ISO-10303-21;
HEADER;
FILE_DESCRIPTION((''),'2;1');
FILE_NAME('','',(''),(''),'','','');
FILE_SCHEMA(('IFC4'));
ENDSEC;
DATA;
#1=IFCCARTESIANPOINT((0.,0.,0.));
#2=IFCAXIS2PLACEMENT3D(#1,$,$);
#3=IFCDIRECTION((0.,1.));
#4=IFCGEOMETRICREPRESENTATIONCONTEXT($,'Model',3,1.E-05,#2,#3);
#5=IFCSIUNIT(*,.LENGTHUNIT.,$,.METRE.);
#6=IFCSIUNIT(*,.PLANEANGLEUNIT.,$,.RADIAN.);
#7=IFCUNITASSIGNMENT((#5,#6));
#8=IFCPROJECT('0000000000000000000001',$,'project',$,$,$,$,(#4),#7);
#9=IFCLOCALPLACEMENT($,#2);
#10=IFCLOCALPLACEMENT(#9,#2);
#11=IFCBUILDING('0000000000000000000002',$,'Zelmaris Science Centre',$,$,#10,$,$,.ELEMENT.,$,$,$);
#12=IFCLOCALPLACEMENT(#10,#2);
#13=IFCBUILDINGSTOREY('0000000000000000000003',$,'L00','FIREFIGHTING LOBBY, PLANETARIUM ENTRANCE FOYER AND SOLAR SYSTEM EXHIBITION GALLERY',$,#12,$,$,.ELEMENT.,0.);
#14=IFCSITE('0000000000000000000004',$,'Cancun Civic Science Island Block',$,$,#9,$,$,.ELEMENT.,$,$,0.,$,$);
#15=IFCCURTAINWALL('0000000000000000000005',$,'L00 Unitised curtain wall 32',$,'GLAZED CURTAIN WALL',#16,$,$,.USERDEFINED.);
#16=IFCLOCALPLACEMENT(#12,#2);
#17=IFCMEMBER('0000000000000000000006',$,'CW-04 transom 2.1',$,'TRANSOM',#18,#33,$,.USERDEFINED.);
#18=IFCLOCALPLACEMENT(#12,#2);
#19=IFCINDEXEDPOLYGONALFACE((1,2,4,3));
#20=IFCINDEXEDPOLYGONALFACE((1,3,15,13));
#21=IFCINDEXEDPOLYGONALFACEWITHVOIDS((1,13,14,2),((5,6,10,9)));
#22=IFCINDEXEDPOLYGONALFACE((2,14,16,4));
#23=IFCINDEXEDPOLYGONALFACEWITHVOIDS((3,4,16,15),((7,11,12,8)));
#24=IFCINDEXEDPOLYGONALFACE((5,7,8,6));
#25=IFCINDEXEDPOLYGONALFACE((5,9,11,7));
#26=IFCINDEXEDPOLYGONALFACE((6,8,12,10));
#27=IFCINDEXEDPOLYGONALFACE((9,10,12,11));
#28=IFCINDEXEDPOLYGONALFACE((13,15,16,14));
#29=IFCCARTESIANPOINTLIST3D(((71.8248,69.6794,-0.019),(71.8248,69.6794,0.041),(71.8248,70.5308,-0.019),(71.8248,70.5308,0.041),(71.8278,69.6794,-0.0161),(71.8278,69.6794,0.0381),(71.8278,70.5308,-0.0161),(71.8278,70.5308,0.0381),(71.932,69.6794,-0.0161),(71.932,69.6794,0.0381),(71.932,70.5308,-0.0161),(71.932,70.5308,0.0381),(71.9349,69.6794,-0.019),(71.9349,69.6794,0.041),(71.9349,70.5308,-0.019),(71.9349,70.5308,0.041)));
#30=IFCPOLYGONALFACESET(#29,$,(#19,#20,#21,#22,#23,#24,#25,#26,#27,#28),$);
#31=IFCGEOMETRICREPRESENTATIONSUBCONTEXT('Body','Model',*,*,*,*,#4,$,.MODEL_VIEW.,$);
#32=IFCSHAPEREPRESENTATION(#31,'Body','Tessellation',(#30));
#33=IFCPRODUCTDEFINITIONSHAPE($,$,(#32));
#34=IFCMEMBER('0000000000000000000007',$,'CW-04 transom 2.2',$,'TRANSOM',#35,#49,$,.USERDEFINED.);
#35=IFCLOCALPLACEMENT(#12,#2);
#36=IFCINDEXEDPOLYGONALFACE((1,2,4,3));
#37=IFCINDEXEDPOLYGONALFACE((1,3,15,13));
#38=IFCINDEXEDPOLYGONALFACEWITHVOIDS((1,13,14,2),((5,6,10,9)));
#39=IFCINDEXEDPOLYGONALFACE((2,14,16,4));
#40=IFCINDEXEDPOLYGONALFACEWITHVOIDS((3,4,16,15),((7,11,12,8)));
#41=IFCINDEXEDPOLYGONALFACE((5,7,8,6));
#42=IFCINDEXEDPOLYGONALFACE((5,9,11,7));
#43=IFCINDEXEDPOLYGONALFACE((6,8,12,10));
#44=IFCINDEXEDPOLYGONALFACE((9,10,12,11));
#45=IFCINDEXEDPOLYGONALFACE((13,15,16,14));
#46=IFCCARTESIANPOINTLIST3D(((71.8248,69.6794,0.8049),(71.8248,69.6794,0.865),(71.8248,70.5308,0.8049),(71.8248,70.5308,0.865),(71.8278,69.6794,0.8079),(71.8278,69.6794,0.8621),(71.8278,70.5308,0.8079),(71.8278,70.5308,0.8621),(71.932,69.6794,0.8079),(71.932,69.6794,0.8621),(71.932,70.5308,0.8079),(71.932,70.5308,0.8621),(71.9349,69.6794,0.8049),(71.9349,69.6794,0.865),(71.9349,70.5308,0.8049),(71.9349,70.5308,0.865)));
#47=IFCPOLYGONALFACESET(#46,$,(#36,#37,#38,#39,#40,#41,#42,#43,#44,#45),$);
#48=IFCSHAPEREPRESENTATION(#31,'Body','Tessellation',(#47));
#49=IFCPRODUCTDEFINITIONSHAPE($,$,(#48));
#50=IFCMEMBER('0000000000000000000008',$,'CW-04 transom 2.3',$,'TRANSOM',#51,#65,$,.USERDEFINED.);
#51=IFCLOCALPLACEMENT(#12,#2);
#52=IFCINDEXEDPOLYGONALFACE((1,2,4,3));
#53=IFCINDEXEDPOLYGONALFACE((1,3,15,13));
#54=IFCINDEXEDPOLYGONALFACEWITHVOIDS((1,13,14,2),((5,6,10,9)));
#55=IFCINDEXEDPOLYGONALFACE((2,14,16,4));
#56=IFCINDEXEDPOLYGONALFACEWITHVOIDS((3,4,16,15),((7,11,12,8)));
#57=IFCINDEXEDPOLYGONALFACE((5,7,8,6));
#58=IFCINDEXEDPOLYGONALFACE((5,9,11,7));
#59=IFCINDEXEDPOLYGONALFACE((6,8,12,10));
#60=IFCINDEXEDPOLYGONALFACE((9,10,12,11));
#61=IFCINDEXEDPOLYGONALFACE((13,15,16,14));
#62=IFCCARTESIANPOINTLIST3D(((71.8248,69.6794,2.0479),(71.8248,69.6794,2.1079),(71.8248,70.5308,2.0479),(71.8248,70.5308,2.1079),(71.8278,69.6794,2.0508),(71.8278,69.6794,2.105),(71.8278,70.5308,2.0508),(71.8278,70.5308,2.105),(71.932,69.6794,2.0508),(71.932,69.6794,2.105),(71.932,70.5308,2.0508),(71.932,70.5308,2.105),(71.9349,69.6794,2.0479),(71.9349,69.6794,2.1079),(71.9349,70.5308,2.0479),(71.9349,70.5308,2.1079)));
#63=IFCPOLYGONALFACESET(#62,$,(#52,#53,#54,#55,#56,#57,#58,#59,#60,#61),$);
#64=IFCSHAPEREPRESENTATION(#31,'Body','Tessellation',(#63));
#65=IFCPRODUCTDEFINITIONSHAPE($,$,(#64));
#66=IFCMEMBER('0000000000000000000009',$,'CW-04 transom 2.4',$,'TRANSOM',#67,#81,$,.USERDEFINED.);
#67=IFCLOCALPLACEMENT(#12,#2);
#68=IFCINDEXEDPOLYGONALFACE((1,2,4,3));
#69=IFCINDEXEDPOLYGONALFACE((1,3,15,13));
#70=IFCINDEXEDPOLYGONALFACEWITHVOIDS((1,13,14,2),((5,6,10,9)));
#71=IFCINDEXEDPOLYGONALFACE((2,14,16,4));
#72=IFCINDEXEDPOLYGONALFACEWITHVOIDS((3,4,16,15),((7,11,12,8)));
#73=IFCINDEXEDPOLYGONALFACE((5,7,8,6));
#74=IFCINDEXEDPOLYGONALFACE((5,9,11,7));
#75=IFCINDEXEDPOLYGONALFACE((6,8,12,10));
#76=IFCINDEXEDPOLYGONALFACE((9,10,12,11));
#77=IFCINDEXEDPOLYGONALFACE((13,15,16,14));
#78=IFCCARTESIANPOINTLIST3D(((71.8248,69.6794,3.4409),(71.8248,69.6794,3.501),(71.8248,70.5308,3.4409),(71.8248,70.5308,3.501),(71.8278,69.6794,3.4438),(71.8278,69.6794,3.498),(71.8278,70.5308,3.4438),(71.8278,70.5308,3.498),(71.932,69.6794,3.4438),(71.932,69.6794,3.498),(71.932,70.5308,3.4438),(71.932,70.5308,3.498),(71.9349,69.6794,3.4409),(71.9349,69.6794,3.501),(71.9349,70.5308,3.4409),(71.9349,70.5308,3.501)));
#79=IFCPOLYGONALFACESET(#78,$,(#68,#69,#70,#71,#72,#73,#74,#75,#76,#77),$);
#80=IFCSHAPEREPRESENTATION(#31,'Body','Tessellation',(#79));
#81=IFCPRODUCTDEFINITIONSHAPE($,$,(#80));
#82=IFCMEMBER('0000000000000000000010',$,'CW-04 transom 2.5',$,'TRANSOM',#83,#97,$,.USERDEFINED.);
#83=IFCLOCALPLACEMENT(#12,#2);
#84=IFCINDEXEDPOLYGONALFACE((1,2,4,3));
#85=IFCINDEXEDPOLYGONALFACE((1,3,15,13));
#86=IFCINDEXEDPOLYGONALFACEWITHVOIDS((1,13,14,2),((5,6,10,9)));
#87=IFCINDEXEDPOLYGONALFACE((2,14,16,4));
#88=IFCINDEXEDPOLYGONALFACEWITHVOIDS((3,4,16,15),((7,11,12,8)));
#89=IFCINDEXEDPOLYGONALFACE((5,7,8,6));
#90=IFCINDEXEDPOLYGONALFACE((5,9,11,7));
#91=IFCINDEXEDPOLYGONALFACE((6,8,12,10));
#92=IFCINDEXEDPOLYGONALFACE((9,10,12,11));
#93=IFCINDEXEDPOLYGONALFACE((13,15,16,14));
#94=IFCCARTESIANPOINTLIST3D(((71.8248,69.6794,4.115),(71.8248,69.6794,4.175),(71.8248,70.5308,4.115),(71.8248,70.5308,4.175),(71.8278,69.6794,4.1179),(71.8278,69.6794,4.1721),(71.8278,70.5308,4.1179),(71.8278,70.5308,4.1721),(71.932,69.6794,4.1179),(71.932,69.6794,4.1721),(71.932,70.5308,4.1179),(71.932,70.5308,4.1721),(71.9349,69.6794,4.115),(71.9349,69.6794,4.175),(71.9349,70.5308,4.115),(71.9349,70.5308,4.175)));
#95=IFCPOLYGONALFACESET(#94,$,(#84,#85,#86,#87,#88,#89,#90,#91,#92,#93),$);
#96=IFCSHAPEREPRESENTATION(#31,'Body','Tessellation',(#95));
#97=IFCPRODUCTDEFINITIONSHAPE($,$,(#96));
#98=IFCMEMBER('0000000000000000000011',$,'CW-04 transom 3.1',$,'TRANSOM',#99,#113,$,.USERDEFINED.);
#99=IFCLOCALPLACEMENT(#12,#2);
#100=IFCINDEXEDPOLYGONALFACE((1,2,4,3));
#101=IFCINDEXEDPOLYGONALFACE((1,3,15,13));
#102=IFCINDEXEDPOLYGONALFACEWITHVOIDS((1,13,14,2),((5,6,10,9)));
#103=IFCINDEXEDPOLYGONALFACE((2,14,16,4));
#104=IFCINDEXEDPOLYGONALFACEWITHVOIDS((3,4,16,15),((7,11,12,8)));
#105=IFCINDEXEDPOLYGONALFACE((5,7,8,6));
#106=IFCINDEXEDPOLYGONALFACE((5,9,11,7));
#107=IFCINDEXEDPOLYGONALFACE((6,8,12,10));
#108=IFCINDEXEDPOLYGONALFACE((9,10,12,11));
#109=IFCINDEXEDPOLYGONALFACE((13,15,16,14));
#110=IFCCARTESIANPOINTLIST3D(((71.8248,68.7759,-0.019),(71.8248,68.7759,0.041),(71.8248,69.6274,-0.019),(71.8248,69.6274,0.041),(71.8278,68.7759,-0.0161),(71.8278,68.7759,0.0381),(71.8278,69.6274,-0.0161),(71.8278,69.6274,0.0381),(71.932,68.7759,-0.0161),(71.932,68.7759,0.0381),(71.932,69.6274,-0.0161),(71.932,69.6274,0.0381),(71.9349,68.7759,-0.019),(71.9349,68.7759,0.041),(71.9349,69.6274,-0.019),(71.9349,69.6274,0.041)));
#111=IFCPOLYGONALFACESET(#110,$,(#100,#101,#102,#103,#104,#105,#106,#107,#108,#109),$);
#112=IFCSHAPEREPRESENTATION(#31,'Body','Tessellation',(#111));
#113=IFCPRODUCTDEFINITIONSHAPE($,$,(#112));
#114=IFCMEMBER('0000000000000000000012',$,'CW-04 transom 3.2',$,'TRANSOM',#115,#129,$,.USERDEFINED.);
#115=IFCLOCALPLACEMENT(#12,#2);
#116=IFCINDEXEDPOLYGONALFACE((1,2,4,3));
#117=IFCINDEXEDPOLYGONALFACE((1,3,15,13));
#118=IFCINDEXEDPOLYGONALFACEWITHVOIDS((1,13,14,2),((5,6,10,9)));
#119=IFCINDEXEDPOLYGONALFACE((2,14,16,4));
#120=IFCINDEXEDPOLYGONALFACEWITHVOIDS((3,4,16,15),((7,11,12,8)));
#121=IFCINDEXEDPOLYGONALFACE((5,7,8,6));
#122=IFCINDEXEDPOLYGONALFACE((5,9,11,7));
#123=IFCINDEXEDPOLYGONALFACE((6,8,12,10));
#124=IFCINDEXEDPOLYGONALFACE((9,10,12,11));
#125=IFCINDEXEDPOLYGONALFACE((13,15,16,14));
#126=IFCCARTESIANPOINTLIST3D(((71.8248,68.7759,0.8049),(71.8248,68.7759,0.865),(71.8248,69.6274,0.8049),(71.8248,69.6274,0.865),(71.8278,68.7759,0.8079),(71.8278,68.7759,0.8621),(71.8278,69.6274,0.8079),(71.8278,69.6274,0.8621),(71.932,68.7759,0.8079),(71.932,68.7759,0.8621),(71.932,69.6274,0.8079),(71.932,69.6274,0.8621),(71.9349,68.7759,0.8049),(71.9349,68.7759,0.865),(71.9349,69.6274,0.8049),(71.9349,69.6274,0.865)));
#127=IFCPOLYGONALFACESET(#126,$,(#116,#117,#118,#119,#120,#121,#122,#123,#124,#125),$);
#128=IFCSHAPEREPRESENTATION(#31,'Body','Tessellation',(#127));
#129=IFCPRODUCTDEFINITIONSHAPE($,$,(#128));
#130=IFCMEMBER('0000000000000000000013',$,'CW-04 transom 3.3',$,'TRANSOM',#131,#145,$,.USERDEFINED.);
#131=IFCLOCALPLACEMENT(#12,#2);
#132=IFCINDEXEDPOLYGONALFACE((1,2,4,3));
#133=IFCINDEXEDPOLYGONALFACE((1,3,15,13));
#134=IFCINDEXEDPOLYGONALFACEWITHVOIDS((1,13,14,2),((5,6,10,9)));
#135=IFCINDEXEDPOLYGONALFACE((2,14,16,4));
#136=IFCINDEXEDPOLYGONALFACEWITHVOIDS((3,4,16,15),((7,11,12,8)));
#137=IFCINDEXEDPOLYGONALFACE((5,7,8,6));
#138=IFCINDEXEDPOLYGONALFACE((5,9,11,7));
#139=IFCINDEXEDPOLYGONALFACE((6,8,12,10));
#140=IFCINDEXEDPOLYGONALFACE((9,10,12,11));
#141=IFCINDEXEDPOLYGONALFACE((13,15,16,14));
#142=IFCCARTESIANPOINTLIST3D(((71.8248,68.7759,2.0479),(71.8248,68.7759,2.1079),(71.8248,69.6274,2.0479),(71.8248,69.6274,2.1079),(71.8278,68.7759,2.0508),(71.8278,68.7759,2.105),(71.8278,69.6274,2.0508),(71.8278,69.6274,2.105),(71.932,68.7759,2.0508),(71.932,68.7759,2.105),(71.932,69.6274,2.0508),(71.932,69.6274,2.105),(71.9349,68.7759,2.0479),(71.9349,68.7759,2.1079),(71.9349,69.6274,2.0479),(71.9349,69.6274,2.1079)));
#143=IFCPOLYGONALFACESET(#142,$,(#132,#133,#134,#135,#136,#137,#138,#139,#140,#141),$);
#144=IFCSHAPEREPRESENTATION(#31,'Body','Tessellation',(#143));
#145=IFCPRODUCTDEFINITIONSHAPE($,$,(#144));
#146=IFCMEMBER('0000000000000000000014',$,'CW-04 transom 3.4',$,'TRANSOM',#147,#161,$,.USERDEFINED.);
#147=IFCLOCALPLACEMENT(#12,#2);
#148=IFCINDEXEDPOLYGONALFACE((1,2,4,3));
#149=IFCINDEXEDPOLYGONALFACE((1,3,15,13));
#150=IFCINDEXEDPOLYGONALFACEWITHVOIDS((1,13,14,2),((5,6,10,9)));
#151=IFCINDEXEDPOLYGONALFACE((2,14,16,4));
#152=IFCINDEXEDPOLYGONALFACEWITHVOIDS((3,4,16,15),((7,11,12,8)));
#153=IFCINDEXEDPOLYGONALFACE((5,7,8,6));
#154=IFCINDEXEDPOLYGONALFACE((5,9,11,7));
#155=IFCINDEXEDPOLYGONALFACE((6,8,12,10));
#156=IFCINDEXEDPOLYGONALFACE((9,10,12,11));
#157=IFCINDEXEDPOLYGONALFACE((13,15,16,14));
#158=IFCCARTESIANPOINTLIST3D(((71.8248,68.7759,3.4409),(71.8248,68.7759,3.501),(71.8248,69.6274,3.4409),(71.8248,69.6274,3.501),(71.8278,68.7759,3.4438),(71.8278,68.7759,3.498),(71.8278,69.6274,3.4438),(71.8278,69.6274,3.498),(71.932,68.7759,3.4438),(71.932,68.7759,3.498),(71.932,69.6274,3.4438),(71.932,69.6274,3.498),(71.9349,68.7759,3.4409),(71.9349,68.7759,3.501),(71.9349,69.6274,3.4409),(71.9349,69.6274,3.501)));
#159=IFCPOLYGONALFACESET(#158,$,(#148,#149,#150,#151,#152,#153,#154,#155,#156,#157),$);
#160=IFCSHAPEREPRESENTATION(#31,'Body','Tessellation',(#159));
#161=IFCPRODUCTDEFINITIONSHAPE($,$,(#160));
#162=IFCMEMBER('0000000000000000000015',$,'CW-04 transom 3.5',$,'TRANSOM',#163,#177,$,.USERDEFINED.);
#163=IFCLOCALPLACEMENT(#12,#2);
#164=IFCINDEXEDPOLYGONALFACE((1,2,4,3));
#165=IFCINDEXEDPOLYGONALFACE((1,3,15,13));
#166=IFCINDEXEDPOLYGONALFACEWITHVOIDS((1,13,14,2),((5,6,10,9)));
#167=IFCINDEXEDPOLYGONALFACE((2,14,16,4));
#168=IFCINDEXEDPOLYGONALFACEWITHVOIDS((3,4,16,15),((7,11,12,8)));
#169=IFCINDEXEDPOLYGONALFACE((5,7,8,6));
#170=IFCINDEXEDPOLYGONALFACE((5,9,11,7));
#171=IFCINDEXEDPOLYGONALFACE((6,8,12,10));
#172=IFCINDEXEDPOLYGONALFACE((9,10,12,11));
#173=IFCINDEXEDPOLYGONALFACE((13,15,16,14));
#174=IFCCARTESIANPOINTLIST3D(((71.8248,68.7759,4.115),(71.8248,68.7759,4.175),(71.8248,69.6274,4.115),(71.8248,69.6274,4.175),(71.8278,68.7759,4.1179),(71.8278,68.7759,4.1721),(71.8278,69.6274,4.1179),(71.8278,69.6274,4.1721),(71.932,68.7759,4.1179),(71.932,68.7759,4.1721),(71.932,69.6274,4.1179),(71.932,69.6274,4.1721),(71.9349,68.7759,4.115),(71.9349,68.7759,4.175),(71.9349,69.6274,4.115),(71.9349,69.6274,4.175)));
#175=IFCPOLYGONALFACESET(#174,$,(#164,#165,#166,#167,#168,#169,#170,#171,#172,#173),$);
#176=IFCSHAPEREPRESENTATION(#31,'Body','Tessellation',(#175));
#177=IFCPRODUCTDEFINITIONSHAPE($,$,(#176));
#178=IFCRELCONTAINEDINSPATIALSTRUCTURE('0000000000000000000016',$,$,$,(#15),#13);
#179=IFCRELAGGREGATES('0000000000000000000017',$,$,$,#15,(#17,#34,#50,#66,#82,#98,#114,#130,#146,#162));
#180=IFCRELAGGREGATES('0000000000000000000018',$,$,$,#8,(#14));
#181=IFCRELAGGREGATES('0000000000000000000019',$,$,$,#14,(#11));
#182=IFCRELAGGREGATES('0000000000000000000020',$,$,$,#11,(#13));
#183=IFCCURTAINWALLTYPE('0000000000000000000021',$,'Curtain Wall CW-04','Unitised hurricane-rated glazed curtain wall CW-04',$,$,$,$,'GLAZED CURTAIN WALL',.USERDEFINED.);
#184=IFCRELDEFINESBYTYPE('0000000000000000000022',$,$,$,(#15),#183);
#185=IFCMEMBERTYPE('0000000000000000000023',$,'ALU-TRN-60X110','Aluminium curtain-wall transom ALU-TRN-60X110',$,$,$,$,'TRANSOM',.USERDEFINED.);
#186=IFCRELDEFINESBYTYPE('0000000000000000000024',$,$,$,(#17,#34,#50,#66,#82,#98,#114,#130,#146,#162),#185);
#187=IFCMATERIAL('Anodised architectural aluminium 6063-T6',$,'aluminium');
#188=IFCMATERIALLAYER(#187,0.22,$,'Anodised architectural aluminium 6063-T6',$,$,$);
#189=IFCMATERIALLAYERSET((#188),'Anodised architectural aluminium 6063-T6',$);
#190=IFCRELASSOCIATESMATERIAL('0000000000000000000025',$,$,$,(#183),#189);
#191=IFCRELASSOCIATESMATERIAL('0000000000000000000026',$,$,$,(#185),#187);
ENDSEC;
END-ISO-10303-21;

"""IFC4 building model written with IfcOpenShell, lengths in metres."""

from ifc_helpers import new_model, si_unit, direction, frame, origin, origin_2d, place, context, subcontext, project, spatial, hollow_rectangle, extrude, material, layer, layer_set, material_profile, profile_set, type_object, element, aggregate, save


model = new_model("IFC4")

# Units and contexts
model_context = context("Model", 3, precision=1e-05, world=origin(), true_north=direction((0.0, 1.0)))
body_context = subcontext(model_context, "Body", "Model", "MODEL_VIEW")
ifc_project = project(units=[si_unit("LENGTHUNIT", "METRE"), si_unit("PLANEANGLEUNIT", "RADIAN")], contexts=[model_context])

# Site, building, storey
site_placement = place(None, origin())
site = spatial("IfcSite", under=ifc_project, at=site_placement, Name="Cancun Civic Science Island Block", CompositionType="ELEMENT", RefElevation=0.0)
building_placement = place(site_placement, origin())
building = spatial("IfcBuilding", under=site, at=building_placement, Name="Zelmaris Science Centre", CompositionType="ELEMENT")
storey_placement = place(building_placement, origin())
storey = spatial("IfcBuildingStorey", under=building, at=storey_placement, Name="L00", Description="FIREFIGHTING LOBBY, PLANETARIUM ENTRANCE FOYER AND SOLAR SYSTEM EXHIBITION GALLERY", CompositionType="ELEMENT", Elevation=0.0)

# Curtain wall, members
ifc_material_1 = material(Name="Anodised architectural aluminium 6063-T6", Category="aluminium")
ifc_layer_1 = layer(ifc_material_1, 0.22, Name="Anodised architectural aluminium 6063-T6")
ifc_layer_set_1 = layer_set([ifc_layer_1], Name="Anodised architectural aluminium 6063-T6")
curtain_wall_type = type_object("IfcCurtainWallType", Name="Curtain Wall CW-04", Description="Unitised hurricane-rated glazed curtain wall CW-04", ElementType="GLAZED CURTAIN WALL", PredefinedType="USERDEFINED", material=ifc_layer_set_1)
curtain_wall_placement = place(storey_placement, origin())
curtain_wall = element("IfcCurtainWall", 1, at=curtain_wall_placement, inside=storey, type_object=curtain_wall_type, Name="L00 Unitised curtain wall 32", ObjectType="GLAZED CURTAIN WALL", PredefinedType="USERDEFINED")
ifc_material_profile_1 = material_profile(ifc_material_1, hollow_rectangle(XDim=0.0601, YDim=0.1101, WallThickness=0.0029, at=origin_2d()), Name="ALU-TRN-60X110")
ifc_profile_set_1 = profile_set([ifc_material_profile_1], Name="Anodised architectural aluminium 6063-T6")
member_type_1 = type_object("IfcMemberType", Name="ALU-TRN-60X110", Description="Aluminium curtain-wall transom ALU-TRN-60X110", ElementType="TRANSOM", PredefinedType="USERDEFINED", material=ifc_profile_set_1)
member_1_placement = place(storey_placement, frame((71.8799, 70.5308, 0.011), z_axis=(0.0, -1.0, 0.0), x_axis=(0.0, 0.0, 1.0)))
member_1 = element("IfcMember", 2, at=member_1_placement, type_object=member_type_1, Name="CW-04 transom 2.1", ObjectType="TRANSOM", PredefinedType="USERDEFINED", context=body_context, shape_type="SweptSolid", body=[
    extrude(hollow_rectangle(XDim=0.0601, YDim=0.1101, WallThickness=0.0029, at=origin_2d()), origin(), (0.0, 0.0, 1.0), 0.8513),
])
member_2_placement = place(storey_placement, frame((71.8799, 70.5308, 0.835), z_axis=(0.0, -1.0, 0.0), x_axis=(0.0, 0.0, 1.0)))
member_2 = element("IfcMember", 3, at=member_2_placement, type_object=member_type_1, Name="CW-04 transom 2.2", ObjectType="TRANSOM", PredefinedType="USERDEFINED", context=body_context, shape_type="SweptSolid", body=[
    extrude(hollow_rectangle(XDim=0.0601, YDim=0.1101, WallThickness=0.0029, at=origin_2d()), origin(), (0.0, 0.0, 1.0), 0.8513),
])
member_3_placement = place(storey_placement, frame((71.8799, 70.5308, 2.0779), z_axis=(0.0, -1.0, 0.0), x_axis=(0.0, 0.0, 1.0)))
member_3 = element("IfcMember", 4, at=member_3_placement, type_object=member_type_1, Name="CW-04 transom 2.3", ObjectType="TRANSOM", PredefinedType="USERDEFINED", context=body_context, shape_type="SweptSolid", body=[
    extrude(hollow_rectangle(XDim=0.0601, YDim=0.1101, WallThickness=0.0029, at=origin_2d()), origin(), (0.0, 0.0, 1.0), 0.8513),
])
member_4_placement = place(storey_placement, frame((71.8799, 70.5308, 3.4709), z_axis=(0.0, -1.0, 0.0), x_axis=(0.0, 0.0, 1.0)))
member_4 = element("IfcMember", 5, at=member_4_placement, type_object=member_type_1, Name="CW-04 transom 2.4", ObjectType="TRANSOM", PredefinedType="USERDEFINED", context=body_context, shape_type="SweptSolid", body=[
    extrude(hollow_rectangle(XDim=0.0601, YDim=0.1101, WallThickness=0.0029, at=origin_2d()), origin(), (0.0, 0.0, 1.0), 0.8513),
])
member_5_placement = place(storey_placement, frame((71.8799, 70.5308, 4.145), z_axis=(0.0, -1.0, 0.0), x_axis=(0.0, 0.0, 1.0)))
member_5 = element("IfcMember", 6, at=member_5_placement, type_object=member_type_1, Name="CW-04 transom 2.5", ObjectType="TRANSOM", PredefinedType="USERDEFINED", context=body_context, shape_type="SweptSolid", body=[
    extrude(hollow_rectangle(XDim=0.0601, YDim=0.1101, WallThickness=0.0029, at=origin_2d()), origin(), (0.0, 0.0, 1.0), 0.8513),
])
member_6_placement = place(storey_placement, frame((71.8799, 69.6274, 0.011), z_axis=(0.0, -1.0, 0.0), x_axis=(0.0, 0.0, 1.0)))
member_6 = element("IfcMember", 7, at=member_6_placement, type_object=member_type_1, Name="CW-04 transom 3.1", ObjectType="TRANSOM", PredefinedType="USERDEFINED", context=body_context, shape_type="SweptSolid", body=[
    extrude(hollow_rectangle(XDim=0.0601, YDim=0.1101, WallThickness=0.0029, at=origin_2d()), origin(), (0.0, 0.0, 1.0), 0.8516),
])
member_7_placement = place(storey_placement, frame((71.8799, 69.6274, 0.835), z_axis=(0.0, -1.0, 0.0), x_axis=(0.0, 0.0, 1.0)))
member_7 = element("IfcMember", 8, at=member_7_placement, type_object=member_type_1, Name="CW-04 transom 3.2", ObjectType="TRANSOM", PredefinedType="USERDEFINED", context=body_context, shape_type="SweptSolid", body=[
    extrude(hollow_rectangle(XDim=0.0601, YDim=0.1101, WallThickness=0.0029, at=origin_2d()), origin(), (0.0, 0.0, 1.0), 0.8516),
])
member_8_placement = place(storey_placement, frame((71.8799, 69.6274, 2.0779), z_axis=(0.0, -1.0, 0.0), x_axis=(0.0, 0.0, 1.0)))
member_8 = element("IfcMember", 9, at=member_8_placement, type_object=member_type_1, Name="CW-04 transom 3.3", ObjectType="TRANSOM", PredefinedType="USERDEFINED", context=body_context, shape_type="SweptSolid", body=[
    extrude(hollow_rectangle(XDim=0.0601, YDim=0.1101, WallThickness=0.0029, at=origin_2d()), origin(), (0.0, 0.0, 1.0), 0.8516),
])
member_9_placement = place(storey_placement, frame((71.8799, 69.6274, 3.4709), z_axis=(0.0, -1.0, 0.0), x_axis=(0.0, 0.0, 1.0)))
member_9 = element("IfcMember", 10, at=member_9_placement, type_object=member_type_1, Name="CW-04 transom 3.4", ObjectType="TRANSOM", PredefinedType="USERDEFINED", context=body_context, shape_type="SweptSolid", body=[
    extrude(hollow_rectangle(XDim=0.0601, YDim=0.1101, WallThickness=0.0029, at=origin_2d()), origin(), (0.0, 0.0, 1.0), 0.8516),
])
member_10_placement = place(storey_placement, frame((71.8799, 69.6274, 4.145), z_axis=(0.0, -1.0, 0.0), x_axis=(0.0, 0.0, 1.0)))
member_10 = element("IfcMember", 11, at=member_10_placement, type_object=member_type_1, Name="CW-04 transom 3.5", ObjectType="TRANSOM", PredefinedType="USERDEFINED", context=body_context, shape_type="SweptSolid", body=[
    extrude(hollow_rectangle(XDim=0.0601, YDim=0.1101, WallThickness=0.0029, at=origin_2d()), origin(), (0.0, 0.0, 1.0), 0.8516),
])

aggregate(curtain_wall, [member_1, member_2, member_3, member_4, member_5, member_6, member_7, member_8, member_9, member_10])

save(model, "model.ifc")
